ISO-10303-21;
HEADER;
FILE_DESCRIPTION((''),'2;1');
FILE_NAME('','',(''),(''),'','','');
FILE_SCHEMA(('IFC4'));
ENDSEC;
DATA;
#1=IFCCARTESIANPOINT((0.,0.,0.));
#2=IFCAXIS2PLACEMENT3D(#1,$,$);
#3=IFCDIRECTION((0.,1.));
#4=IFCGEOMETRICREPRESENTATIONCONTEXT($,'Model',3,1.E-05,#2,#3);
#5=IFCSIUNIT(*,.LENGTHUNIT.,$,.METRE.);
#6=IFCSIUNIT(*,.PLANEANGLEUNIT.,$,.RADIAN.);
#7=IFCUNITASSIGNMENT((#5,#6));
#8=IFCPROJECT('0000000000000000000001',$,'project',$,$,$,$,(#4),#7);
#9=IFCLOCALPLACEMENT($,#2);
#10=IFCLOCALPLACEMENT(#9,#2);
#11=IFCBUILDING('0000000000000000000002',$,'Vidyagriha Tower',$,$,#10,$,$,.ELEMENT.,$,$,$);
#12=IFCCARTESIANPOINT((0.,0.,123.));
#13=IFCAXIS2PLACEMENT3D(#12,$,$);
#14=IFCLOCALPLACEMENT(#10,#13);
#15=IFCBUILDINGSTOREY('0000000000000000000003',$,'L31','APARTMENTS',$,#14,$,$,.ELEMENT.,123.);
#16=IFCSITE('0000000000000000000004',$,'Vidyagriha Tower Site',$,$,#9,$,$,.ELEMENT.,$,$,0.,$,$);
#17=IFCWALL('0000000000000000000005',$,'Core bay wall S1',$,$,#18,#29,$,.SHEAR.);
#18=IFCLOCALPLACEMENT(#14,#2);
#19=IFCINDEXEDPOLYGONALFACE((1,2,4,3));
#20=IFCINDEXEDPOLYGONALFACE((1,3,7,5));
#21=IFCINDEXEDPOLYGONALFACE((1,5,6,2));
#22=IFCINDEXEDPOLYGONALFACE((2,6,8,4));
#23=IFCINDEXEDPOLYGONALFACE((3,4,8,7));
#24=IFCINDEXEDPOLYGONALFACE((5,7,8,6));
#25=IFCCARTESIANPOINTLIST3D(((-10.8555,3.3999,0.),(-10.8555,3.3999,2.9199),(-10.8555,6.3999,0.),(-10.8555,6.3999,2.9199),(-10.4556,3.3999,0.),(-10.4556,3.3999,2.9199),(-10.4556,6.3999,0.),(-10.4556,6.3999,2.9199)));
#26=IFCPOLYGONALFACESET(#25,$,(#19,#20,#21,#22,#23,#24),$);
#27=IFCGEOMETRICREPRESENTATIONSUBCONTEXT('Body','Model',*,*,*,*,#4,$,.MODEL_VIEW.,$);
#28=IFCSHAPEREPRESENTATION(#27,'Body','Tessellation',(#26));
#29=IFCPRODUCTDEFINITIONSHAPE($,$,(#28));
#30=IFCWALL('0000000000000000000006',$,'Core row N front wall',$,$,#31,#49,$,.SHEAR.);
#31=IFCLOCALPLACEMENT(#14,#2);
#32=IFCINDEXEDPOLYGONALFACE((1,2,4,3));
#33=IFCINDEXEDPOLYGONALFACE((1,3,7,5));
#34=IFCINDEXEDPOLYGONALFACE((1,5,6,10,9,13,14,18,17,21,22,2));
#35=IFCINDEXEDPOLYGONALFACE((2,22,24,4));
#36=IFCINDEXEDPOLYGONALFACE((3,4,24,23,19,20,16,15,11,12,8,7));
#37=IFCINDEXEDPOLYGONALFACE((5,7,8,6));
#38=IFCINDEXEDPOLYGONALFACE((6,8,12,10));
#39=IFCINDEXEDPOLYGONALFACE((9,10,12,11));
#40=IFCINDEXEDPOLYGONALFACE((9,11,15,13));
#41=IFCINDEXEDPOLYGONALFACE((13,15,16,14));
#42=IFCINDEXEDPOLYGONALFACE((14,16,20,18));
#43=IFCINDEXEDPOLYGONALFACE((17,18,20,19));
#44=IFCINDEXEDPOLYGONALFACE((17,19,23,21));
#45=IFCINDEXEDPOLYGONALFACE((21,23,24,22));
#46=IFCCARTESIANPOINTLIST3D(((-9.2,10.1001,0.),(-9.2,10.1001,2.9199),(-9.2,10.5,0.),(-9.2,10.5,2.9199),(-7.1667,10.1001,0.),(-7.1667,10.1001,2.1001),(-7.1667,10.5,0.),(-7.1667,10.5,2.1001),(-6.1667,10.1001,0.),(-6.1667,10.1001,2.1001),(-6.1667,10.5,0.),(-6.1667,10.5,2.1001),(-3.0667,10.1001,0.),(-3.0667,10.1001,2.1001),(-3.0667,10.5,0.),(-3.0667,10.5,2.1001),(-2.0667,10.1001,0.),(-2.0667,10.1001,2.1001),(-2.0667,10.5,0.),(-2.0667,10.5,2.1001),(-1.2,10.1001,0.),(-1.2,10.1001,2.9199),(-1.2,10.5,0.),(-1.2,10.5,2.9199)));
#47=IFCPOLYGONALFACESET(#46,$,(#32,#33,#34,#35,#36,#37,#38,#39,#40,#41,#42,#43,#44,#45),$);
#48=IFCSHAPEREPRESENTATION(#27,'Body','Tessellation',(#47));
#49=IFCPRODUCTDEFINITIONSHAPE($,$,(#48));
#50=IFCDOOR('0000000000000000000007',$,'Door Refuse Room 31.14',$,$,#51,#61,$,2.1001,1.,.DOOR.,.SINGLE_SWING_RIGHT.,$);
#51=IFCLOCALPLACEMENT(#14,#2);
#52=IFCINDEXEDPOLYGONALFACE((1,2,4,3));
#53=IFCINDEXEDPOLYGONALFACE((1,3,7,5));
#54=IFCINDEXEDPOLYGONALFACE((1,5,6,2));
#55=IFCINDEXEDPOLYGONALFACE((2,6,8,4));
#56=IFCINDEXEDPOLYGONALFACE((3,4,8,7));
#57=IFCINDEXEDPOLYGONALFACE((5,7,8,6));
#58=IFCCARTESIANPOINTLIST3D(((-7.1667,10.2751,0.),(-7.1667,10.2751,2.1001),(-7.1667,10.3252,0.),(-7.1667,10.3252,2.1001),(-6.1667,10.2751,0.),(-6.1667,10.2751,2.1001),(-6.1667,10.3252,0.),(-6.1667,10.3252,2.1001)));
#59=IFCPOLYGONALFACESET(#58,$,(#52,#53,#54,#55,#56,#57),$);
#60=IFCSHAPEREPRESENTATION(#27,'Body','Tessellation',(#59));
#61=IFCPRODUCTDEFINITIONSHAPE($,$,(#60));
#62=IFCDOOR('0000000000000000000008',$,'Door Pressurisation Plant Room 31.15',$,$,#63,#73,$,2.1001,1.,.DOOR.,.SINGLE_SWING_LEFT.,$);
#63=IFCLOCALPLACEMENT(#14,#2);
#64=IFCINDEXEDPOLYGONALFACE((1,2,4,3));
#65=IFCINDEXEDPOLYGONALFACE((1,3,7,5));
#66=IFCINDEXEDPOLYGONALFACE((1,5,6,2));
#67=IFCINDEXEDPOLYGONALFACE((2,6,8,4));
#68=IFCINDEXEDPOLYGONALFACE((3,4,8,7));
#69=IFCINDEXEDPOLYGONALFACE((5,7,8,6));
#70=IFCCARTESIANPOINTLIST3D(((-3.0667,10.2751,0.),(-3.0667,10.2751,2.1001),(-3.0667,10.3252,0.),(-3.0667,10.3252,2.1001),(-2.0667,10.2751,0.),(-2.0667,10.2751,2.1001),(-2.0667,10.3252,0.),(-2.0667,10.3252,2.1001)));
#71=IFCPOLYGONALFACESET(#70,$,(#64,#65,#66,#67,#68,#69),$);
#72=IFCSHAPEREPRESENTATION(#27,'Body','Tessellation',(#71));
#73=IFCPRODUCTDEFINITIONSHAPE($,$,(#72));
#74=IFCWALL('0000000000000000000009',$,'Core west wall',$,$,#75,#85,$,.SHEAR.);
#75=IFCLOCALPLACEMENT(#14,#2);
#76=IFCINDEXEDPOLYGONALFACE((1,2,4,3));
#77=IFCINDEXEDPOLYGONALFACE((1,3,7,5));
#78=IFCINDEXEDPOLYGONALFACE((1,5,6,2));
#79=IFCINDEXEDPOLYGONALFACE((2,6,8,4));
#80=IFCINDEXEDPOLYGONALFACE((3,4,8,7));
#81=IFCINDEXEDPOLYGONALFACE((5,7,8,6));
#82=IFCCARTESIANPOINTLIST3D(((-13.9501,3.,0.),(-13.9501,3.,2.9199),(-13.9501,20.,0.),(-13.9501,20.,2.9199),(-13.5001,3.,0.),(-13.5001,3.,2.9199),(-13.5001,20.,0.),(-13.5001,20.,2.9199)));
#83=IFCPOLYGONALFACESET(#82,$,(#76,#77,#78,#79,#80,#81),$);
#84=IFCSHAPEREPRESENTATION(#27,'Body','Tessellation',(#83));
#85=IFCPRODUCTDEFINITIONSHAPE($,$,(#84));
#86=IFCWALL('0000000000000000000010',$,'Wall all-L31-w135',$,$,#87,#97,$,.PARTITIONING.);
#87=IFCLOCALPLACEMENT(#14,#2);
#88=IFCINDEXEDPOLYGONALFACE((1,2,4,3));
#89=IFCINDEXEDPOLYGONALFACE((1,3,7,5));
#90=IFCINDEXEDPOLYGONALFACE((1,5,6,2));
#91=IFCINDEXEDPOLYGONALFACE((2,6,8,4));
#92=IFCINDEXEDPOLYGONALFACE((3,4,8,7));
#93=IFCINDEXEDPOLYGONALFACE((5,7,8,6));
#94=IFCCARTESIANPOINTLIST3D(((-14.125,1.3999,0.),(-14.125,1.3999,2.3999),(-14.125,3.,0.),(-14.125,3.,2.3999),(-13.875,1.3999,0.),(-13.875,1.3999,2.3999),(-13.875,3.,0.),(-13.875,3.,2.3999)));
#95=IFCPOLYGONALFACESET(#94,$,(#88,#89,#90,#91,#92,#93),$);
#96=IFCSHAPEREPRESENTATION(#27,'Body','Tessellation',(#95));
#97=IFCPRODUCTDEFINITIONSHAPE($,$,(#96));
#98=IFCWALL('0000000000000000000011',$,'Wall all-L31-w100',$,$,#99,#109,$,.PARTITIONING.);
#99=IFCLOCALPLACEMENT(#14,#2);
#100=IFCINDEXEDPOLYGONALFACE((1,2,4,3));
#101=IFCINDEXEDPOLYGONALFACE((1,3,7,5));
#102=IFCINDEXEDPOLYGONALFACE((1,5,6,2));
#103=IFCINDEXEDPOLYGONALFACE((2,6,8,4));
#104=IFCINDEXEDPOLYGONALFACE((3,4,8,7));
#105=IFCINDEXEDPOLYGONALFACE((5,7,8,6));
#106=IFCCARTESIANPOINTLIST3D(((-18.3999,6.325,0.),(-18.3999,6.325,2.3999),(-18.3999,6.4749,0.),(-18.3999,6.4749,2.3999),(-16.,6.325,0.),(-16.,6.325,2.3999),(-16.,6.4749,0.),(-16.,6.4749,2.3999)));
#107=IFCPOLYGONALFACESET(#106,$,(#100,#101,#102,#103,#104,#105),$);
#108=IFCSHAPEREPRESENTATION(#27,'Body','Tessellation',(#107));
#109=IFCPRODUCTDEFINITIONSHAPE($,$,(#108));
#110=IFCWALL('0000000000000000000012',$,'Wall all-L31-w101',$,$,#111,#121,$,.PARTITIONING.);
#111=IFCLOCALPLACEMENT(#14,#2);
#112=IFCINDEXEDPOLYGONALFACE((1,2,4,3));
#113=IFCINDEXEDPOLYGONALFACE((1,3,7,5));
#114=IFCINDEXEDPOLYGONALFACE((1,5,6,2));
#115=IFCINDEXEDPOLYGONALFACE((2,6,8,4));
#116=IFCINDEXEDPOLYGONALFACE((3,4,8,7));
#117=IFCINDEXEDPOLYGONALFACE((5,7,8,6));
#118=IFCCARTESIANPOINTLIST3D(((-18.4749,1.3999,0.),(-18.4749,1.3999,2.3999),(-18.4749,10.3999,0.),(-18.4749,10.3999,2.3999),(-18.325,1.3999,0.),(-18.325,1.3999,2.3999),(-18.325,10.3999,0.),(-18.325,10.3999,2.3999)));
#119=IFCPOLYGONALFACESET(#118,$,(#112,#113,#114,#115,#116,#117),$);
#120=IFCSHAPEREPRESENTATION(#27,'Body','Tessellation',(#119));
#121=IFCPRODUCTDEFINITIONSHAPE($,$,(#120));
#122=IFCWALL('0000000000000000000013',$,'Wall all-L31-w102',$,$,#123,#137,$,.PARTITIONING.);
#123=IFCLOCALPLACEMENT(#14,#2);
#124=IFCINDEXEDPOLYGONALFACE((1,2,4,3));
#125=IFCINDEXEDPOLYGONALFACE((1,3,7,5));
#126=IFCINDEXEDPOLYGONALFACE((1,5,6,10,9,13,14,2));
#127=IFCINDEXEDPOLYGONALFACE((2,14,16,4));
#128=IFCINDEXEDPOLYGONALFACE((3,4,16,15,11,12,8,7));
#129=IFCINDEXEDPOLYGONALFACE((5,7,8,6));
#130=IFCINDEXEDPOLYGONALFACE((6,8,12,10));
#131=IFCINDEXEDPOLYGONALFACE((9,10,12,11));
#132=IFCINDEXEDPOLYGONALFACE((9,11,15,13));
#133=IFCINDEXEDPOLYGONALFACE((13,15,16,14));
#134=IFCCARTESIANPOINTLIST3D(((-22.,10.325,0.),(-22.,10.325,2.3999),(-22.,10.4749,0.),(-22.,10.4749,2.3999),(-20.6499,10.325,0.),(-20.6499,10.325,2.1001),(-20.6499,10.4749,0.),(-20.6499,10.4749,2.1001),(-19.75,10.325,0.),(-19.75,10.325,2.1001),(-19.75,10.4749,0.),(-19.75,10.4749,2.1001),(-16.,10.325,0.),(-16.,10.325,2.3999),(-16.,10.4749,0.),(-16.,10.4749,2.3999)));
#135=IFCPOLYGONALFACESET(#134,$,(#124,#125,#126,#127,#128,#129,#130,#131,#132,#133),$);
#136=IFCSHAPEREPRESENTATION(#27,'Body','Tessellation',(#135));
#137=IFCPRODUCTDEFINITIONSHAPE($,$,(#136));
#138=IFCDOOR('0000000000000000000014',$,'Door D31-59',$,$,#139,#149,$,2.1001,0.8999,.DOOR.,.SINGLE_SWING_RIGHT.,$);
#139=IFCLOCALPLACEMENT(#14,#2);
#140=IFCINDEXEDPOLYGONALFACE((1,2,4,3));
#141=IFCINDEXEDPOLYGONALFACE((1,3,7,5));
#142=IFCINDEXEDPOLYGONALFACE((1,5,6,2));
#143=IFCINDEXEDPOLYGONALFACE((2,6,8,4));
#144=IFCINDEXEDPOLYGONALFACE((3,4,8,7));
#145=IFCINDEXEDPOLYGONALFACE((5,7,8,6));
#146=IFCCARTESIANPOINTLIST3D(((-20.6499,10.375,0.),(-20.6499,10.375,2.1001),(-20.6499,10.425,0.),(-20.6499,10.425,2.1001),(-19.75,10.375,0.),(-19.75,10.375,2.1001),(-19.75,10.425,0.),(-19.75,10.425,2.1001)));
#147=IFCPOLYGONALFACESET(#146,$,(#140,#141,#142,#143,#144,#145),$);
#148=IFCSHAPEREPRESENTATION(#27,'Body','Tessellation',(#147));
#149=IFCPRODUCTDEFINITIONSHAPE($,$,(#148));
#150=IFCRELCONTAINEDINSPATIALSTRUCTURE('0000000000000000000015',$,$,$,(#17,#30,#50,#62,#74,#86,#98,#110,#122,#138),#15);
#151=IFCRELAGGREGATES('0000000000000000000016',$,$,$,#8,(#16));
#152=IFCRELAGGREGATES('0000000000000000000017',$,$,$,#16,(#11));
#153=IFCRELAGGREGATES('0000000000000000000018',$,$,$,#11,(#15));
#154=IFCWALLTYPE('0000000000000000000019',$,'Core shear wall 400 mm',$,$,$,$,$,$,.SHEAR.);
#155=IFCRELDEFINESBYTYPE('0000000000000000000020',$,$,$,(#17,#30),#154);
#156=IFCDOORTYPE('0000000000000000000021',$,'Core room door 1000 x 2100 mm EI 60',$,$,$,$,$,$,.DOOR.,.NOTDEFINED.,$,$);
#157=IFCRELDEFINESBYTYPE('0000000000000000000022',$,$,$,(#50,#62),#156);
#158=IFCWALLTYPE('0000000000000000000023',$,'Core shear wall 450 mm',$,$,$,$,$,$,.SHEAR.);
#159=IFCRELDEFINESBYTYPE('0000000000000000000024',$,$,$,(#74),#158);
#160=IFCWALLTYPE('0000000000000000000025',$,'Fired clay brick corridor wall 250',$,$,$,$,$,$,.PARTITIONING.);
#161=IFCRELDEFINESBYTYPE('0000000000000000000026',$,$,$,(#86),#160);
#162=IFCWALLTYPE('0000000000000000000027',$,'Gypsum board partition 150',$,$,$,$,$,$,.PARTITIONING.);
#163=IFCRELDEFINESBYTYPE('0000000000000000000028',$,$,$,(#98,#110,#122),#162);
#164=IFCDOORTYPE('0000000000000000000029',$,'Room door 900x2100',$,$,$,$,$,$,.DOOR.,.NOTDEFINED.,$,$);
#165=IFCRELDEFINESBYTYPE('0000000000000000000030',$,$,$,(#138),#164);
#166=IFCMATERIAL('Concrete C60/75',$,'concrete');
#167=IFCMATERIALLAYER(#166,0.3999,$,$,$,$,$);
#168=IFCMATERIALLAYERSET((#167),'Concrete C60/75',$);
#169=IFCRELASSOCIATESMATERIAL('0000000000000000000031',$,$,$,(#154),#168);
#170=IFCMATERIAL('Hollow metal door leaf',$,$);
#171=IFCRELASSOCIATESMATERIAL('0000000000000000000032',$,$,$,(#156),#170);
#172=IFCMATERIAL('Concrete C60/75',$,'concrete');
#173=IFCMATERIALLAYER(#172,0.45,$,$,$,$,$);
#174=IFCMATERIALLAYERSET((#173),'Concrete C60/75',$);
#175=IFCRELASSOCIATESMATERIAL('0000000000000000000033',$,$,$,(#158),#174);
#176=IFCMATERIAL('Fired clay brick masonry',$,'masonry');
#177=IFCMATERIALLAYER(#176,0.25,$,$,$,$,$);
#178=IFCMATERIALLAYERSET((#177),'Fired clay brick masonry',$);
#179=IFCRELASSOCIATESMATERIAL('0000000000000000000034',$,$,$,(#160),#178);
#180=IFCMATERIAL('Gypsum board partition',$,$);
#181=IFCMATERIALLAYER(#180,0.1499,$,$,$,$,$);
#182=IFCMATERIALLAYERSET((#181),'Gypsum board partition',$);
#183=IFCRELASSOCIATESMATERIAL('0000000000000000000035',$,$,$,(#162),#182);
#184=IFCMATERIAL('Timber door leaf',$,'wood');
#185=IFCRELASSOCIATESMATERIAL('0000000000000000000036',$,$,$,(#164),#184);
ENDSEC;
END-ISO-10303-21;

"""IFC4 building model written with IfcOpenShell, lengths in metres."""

from ifc_helpers import new_model, si_unit, direction, frame, frame_2d, origin, place, context, subcontext, project, spatial, rectangle, extrude, material, layer, layer_set, type_object, element, fill, save


model = new_model("IFC4")

# Units and contexts
model_context = context("Model", 3, precision=1e-05, world=origin(), true_north=direction((0.0, 1.0)))
body_context = subcontext(model_context, "Body", "Model", "MODEL_VIEW")
ifc_project = project(units=[si_unit("LENGTHUNIT", "METRE"), si_unit("PLANEANGLEUNIT", "RADIAN")], contexts=[model_context])

# Site, building, storey
site_placement = place(None, origin())
site = spatial("IfcSite", under=ifc_project, at=site_placement, Name="Vidyagriha Tower Site", CompositionType="ELEMENT", RefElevation=0.0)
building_placement = place(site_placement, origin())
building = spatial("IfcBuilding", under=site, at=building_placement, Name="Vidyagriha Tower", CompositionType="ELEMENT")
storey_placement = place(building_placement, frame((0.0, 0.0, 123.0)))
storey = spatial("IfcBuildingStorey", under=building, at=storey_placement, Name="L31", Description="APARTMENTS", CompositionType="ELEMENT", Elevation=123.0)

# Shared definitions
ifc_material_1 = material(Name="Concrete C60/75", Category="concrete")
ifc_layer_1 = layer(ifc_material_1, 0.3999)
ifc_layer_set_1 = layer_set([ifc_layer_1], Name="Concrete C60/75")
wall_type_1 = type_object("IfcWallType", Name="Core shear wall 400 mm", PredefinedType="SHEAR", material=ifc_layer_set_1)
ifc_material_2 = material(Name="Hollow metal door leaf")
door_type_1 = type_object("IfcDoorType", Name="Core room door 1000 x 2100 mm EI 60", OperationType="NOTDEFINED", PredefinedType="DOOR", material=ifc_material_2)

# Wall
wall_1_placement = place(storey_placement, frame((-10.6555, 3.3999, 0.0), z_axis=(0.0, 0.0, 1.0), x_axis=(0.0, 1.0, 0.0)))
element("IfcWall", 1, at=wall_1_placement, inside=storey, type_object=wall_type_1, Name="Core bay wall S1", PredefinedType="SHEAR", context=body_context, shape_type="SweptSolid", body=[
    extrude(rectangle(XDim=3.0, YDim=0.3999, at=frame_2d((1.5, 0.0))), origin(), (0.0, 0.0, 1.0), 2.9199),
])

# Wall, openings, doors
wall_2_placement = place(storey_placement, frame((-9.2, 10.3, 0.0)))
wall_2 = element("IfcWall", 2, at=wall_2_placement, inside=storey, type_object=wall_type_1, Name="Core row N front wall", PredefinedType="SHEAR", context=body_context, shape_type="SweptSolid", body=[
    extrude(rectangle(XDim=8.0, YDim=0.3999, at=frame_2d((4.0, 0.0))), origin(), (0.0, 0.0, 1.0), 2.9199),
])
opening_1_placement = place(wall_2_placement, frame((2.0332, 0.0, 0.0)))
opening_1 = element("IfcOpeningElement", 3, at=opening_1_placement, cuts=wall_2, PredefinedType="OPENING", context=body_context, shape_type="SweptSolid", body=[
    extrude(rectangle(XDim=1.0, YDim=2.1001, at=frame_2d((0.5, 1.05))), frame((0.0, 0.21, 0.0), z_axis=(0.0, -1.0, 0.0), x_axis=(1.0, 0.0, 0.0)), (0.0, 0.0, 1.0), 0.4199),
])
opening_2_placement = place(wall_2_placement, frame((6.1333, 0.0, 0.0)))
opening_2 = element("IfcOpeningElement", 4, at=opening_2_placement, cuts=wall_2, PredefinedType="OPENING", context=body_context, shape_type="SweptSolid", body=[
    extrude(rectangle(XDim=1.0, YDim=2.1001, at=frame_2d((0.5, 1.05))), frame((0.0, 0.21, 0.0), z_axis=(0.0, -1.0, 0.0), x_axis=(1.0, 0.0, 0.0)), (0.0, 0.0, 1.0), 0.4199),
])
door_1_placement = place(opening_1_placement, frame((1.0, 0.0, 0.0), z_axis=(0.0, 0.0, 1.0), x_axis=(-1.0, 0.0, 0.0)))
door_1 = element("IfcDoor", 5, at=door_1_placement, inside=storey, type_object=door_type_1, Name="Door Refuse Room 31.14", OperationType="SINGLE_SWING_RIGHT", OverallHeight=2.1001, OverallWidth=1.0, PredefinedType="DOOR", context=body_context, shape_type="SweptSolid", body=[
    extrude(rectangle(XDim=1.0, YDim=2.1001, at=frame_2d((0.5, 1.05))), frame((0.0, 0.0249, 0.0), z_axis=(0.0, -1.0, 0.0), x_axis=(1.0, 0.0, 0.0)), (0.0, 0.0, 1.0), 0.05),
])
fill(opening_1, door_1)
door_2_placement = place(opening_2_placement, frame((1.0, 0.0, 0.0), z_axis=(0.0, 0.0, 1.0), x_axis=(-1.0, 0.0, 0.0)))
door_2 = element("IfcDoor", 6, at=door_2_placement, inside=storey, type_object=door_type_1, Name="Door Pressurisation Plant Room 31.15", OperationType="SINGLE_SWING_LEFT", OverallHeight=2.1001, OverallWidth=1.0, PredefinedType="DOOR", context=body_context, shape_type="SweptSolid", body=[
    extrude(rectangle(XDim=1.0, YDim=2.1001, at=frame_2d((0.5, 1.05))), frame((0.0, 0.0249, 0.0), z_axis=(0.0, -1.0, 0.0), x_axis=(1.0, 0.0, 0.0)), (0.0, 0.0, 1.0), 0.05),
])
fill(opening_2, door_2)

# Walls
ifc_material_3 = material(Name="Concrete C60/75", Category="concrete")
ifc_layer_2 = layer(ifc_material_3, 0.45)
ifc_layer_set_2 = layer_set([ifc_layer_2], Name="Concrete C60/75")
wall_type_2 = type_object("IfcWallType", Name="Core shear wall 450 mm", PredefinedType="SHEAR", material=ifc_layer_set_2)
wall_3_placement = place(storey_placement, frame((-13.7251, 3.0, 0.0), z_axis=(0.0, 0.0, 1.0), x_axis=(0.0, 1.0, 0.0)))
element("IfcWall", 7, at=wall_3_placement, inside=storey, type_object=wall_type_2, Name="Core west wall", PredefinedType="SHEAR", context=body_context, shape_type="SweptSolid", body=[
    extrude(rectangle(XDim=17.0, YDim=0.45, at=frame_2d((8.5, 0.0))), origin(), (0.0, 0.0, 1.0), 2.9199),
])
ifc_material_4 = material(Name="Fired clay brick masonry", Category="masonry")
ifc_layer_3 = layer(ifc_material_4, 0.25)
ifc_layer_set_3 = layer_set([ifc_layer_3], Name="Fired clay brick masonry")
wall_type_3 = type_object("IfcWallType", Name="Fired clay brick corridor wall 250", PredefinedType="PARTITIONING", material=ifc_layer_set_3)
wall_4_placement = place(storey_placement, frame((-14.0, 3.0, 0.0), z_axis=(0.0, 0.0, 1.0), x_axis=(0.0, -1.0, 0.0)))
element("IfcWall", 8, at=wall_4_placement, inside=storey, type_object=wall_type_3, Name="Wall all-L31-w135", PredefinedType="PARTITIONING", context=body_context, shape_type="SweptSolid", body=[
    extrude(rectangle(XDim=1.6001, YDim=0.25, at=frame_2d((0.8, 0.0))), origin(), (0.0, 0.0, 1.0), 2.3999),
])
ifc_material_5 = material(Name="Gypsum board partition")
ifc_layer_4 = layer(ifc_material_5, 0.1499)
ifc_layer_set_4 = layer_set([ifc_layer_4], Name="Gypsum board partition")
wall_type_4 = type_object("IfcWallType", Name="Gypsum board partition 150", PredefinedType="PARTITIONING", material=ifc_layer_set_4)
wall_5_placement = place(storey_placement, frame((-18.3999, 6.3999, 0.0)))
element("IfcWall", 9, at=wall_5_placement, inside=storey, type_object=wall_type_4, Name="Wall all-L31-w100", PredefinedType="PARTITIONING", context=body_context, shape_type="SweptSolid", body=[
    extrude(rectangle(XDim=2.3999, YDim=0.1499, at=frame_2d((1.2, 0.0))), origin(), (0.0, 0.0, 1.0), 2.3999),
])
wall_6_placement = place(storey_placement, frame((-18.3999, 1.3999, 0.0), z_axis=(0.0, 0.0, 1.0), x_axis=(0.0, 1.0, 0.0)))
element("IfcWall", 10, at=wall_6_placement, inside=storey, type_object=wall_type_4, Name="Wall all-L31-w101", PredefinedType="PARTITIONING", context=body_context, shape_type="SweptSolid", body=[
    extrude(rectangle(XDim=9.0, YDim=0.1499, at=frame_2d((4.5, 0.0))), origin(), (0.0, 0.0, 1.0), 2.3999),
])

# Wall, opening, door
wall_7_placement = place(storey_placement, frame((-16.0, 10.3999, 0.0), z_axis=(0.0, 0.0, 1.0), x_axis=(-1.0, 0.0, 0.0)))
wall_7 = element("IfcWall", 11, at=wall_7_placement, inside=storey, type_object=wall_type_4, Name="Wall all-L31-w102", PredefinedType="PARTITIONING", context=body_context, shape_type="SweptSolid", body=[
    extrude(rectangle(XDim=6.0, YDim=0.1499, at=frame_2d((3.0, 0.0))), origin(), (0.0, 0.0, 1.0), 2.3999),
])
opening_3_placement = place(wall_7_placement, frame((3.75, 0.0, 0.0)))
opening_3 = element("IfcOpeningElement", 12, at=opening_3_placement, cuts=wall_7, PredefinedType="OPENING", context=body_context, shape_type="SweptSolid", body=[
    extrude(rectangle(XDim=0.8999, YDim=2.1001, at=frame_2d((0.45, 1.05))), frame((0.0, 0.085, 0.0), z_axis=(0.0, -1.0, 0.0), x_axis=(1.0, 0.0, 0.0)), (0.0, 0.0, 1.0), 0.1699),
])
ifc_material_6 = material(Name="Timber door leaf", Category="wood")
door_type_2 = type_object("IfcDoorType", Name="Room door 900x2100", OperationType="NOTDEFINED", PredefinedType="DOOR", material=ifc_material_6)
door_3_placement = place(opening_3_placement, origin())
door_3 = element("IfcDoor", 13, at=door_3_placement, inside=storey, type_object=door_type_2, Name="Door D31-59", OperationType="SINGLE_SWING_RIGHT", OverallHeight=2.1001, OverallWidth=0.8999, PredefinedType="DOOR", context=body_context, shape_type="SweptSolid", body=[
    extrude(rectangle(XDim=0.8999, YDim=2.1001, at=frame_2d((0.45, 1.05))), frame((0.0, 0.0249, 0.0), z_axis=(0.0, -1.0, 0.0), x_axis=(1.0, 0.0, 0.0)), (0.0, 0.0, 1.0), 0.05),
])
fill(opening_3, door_3)

save(model, "model.ifc")
